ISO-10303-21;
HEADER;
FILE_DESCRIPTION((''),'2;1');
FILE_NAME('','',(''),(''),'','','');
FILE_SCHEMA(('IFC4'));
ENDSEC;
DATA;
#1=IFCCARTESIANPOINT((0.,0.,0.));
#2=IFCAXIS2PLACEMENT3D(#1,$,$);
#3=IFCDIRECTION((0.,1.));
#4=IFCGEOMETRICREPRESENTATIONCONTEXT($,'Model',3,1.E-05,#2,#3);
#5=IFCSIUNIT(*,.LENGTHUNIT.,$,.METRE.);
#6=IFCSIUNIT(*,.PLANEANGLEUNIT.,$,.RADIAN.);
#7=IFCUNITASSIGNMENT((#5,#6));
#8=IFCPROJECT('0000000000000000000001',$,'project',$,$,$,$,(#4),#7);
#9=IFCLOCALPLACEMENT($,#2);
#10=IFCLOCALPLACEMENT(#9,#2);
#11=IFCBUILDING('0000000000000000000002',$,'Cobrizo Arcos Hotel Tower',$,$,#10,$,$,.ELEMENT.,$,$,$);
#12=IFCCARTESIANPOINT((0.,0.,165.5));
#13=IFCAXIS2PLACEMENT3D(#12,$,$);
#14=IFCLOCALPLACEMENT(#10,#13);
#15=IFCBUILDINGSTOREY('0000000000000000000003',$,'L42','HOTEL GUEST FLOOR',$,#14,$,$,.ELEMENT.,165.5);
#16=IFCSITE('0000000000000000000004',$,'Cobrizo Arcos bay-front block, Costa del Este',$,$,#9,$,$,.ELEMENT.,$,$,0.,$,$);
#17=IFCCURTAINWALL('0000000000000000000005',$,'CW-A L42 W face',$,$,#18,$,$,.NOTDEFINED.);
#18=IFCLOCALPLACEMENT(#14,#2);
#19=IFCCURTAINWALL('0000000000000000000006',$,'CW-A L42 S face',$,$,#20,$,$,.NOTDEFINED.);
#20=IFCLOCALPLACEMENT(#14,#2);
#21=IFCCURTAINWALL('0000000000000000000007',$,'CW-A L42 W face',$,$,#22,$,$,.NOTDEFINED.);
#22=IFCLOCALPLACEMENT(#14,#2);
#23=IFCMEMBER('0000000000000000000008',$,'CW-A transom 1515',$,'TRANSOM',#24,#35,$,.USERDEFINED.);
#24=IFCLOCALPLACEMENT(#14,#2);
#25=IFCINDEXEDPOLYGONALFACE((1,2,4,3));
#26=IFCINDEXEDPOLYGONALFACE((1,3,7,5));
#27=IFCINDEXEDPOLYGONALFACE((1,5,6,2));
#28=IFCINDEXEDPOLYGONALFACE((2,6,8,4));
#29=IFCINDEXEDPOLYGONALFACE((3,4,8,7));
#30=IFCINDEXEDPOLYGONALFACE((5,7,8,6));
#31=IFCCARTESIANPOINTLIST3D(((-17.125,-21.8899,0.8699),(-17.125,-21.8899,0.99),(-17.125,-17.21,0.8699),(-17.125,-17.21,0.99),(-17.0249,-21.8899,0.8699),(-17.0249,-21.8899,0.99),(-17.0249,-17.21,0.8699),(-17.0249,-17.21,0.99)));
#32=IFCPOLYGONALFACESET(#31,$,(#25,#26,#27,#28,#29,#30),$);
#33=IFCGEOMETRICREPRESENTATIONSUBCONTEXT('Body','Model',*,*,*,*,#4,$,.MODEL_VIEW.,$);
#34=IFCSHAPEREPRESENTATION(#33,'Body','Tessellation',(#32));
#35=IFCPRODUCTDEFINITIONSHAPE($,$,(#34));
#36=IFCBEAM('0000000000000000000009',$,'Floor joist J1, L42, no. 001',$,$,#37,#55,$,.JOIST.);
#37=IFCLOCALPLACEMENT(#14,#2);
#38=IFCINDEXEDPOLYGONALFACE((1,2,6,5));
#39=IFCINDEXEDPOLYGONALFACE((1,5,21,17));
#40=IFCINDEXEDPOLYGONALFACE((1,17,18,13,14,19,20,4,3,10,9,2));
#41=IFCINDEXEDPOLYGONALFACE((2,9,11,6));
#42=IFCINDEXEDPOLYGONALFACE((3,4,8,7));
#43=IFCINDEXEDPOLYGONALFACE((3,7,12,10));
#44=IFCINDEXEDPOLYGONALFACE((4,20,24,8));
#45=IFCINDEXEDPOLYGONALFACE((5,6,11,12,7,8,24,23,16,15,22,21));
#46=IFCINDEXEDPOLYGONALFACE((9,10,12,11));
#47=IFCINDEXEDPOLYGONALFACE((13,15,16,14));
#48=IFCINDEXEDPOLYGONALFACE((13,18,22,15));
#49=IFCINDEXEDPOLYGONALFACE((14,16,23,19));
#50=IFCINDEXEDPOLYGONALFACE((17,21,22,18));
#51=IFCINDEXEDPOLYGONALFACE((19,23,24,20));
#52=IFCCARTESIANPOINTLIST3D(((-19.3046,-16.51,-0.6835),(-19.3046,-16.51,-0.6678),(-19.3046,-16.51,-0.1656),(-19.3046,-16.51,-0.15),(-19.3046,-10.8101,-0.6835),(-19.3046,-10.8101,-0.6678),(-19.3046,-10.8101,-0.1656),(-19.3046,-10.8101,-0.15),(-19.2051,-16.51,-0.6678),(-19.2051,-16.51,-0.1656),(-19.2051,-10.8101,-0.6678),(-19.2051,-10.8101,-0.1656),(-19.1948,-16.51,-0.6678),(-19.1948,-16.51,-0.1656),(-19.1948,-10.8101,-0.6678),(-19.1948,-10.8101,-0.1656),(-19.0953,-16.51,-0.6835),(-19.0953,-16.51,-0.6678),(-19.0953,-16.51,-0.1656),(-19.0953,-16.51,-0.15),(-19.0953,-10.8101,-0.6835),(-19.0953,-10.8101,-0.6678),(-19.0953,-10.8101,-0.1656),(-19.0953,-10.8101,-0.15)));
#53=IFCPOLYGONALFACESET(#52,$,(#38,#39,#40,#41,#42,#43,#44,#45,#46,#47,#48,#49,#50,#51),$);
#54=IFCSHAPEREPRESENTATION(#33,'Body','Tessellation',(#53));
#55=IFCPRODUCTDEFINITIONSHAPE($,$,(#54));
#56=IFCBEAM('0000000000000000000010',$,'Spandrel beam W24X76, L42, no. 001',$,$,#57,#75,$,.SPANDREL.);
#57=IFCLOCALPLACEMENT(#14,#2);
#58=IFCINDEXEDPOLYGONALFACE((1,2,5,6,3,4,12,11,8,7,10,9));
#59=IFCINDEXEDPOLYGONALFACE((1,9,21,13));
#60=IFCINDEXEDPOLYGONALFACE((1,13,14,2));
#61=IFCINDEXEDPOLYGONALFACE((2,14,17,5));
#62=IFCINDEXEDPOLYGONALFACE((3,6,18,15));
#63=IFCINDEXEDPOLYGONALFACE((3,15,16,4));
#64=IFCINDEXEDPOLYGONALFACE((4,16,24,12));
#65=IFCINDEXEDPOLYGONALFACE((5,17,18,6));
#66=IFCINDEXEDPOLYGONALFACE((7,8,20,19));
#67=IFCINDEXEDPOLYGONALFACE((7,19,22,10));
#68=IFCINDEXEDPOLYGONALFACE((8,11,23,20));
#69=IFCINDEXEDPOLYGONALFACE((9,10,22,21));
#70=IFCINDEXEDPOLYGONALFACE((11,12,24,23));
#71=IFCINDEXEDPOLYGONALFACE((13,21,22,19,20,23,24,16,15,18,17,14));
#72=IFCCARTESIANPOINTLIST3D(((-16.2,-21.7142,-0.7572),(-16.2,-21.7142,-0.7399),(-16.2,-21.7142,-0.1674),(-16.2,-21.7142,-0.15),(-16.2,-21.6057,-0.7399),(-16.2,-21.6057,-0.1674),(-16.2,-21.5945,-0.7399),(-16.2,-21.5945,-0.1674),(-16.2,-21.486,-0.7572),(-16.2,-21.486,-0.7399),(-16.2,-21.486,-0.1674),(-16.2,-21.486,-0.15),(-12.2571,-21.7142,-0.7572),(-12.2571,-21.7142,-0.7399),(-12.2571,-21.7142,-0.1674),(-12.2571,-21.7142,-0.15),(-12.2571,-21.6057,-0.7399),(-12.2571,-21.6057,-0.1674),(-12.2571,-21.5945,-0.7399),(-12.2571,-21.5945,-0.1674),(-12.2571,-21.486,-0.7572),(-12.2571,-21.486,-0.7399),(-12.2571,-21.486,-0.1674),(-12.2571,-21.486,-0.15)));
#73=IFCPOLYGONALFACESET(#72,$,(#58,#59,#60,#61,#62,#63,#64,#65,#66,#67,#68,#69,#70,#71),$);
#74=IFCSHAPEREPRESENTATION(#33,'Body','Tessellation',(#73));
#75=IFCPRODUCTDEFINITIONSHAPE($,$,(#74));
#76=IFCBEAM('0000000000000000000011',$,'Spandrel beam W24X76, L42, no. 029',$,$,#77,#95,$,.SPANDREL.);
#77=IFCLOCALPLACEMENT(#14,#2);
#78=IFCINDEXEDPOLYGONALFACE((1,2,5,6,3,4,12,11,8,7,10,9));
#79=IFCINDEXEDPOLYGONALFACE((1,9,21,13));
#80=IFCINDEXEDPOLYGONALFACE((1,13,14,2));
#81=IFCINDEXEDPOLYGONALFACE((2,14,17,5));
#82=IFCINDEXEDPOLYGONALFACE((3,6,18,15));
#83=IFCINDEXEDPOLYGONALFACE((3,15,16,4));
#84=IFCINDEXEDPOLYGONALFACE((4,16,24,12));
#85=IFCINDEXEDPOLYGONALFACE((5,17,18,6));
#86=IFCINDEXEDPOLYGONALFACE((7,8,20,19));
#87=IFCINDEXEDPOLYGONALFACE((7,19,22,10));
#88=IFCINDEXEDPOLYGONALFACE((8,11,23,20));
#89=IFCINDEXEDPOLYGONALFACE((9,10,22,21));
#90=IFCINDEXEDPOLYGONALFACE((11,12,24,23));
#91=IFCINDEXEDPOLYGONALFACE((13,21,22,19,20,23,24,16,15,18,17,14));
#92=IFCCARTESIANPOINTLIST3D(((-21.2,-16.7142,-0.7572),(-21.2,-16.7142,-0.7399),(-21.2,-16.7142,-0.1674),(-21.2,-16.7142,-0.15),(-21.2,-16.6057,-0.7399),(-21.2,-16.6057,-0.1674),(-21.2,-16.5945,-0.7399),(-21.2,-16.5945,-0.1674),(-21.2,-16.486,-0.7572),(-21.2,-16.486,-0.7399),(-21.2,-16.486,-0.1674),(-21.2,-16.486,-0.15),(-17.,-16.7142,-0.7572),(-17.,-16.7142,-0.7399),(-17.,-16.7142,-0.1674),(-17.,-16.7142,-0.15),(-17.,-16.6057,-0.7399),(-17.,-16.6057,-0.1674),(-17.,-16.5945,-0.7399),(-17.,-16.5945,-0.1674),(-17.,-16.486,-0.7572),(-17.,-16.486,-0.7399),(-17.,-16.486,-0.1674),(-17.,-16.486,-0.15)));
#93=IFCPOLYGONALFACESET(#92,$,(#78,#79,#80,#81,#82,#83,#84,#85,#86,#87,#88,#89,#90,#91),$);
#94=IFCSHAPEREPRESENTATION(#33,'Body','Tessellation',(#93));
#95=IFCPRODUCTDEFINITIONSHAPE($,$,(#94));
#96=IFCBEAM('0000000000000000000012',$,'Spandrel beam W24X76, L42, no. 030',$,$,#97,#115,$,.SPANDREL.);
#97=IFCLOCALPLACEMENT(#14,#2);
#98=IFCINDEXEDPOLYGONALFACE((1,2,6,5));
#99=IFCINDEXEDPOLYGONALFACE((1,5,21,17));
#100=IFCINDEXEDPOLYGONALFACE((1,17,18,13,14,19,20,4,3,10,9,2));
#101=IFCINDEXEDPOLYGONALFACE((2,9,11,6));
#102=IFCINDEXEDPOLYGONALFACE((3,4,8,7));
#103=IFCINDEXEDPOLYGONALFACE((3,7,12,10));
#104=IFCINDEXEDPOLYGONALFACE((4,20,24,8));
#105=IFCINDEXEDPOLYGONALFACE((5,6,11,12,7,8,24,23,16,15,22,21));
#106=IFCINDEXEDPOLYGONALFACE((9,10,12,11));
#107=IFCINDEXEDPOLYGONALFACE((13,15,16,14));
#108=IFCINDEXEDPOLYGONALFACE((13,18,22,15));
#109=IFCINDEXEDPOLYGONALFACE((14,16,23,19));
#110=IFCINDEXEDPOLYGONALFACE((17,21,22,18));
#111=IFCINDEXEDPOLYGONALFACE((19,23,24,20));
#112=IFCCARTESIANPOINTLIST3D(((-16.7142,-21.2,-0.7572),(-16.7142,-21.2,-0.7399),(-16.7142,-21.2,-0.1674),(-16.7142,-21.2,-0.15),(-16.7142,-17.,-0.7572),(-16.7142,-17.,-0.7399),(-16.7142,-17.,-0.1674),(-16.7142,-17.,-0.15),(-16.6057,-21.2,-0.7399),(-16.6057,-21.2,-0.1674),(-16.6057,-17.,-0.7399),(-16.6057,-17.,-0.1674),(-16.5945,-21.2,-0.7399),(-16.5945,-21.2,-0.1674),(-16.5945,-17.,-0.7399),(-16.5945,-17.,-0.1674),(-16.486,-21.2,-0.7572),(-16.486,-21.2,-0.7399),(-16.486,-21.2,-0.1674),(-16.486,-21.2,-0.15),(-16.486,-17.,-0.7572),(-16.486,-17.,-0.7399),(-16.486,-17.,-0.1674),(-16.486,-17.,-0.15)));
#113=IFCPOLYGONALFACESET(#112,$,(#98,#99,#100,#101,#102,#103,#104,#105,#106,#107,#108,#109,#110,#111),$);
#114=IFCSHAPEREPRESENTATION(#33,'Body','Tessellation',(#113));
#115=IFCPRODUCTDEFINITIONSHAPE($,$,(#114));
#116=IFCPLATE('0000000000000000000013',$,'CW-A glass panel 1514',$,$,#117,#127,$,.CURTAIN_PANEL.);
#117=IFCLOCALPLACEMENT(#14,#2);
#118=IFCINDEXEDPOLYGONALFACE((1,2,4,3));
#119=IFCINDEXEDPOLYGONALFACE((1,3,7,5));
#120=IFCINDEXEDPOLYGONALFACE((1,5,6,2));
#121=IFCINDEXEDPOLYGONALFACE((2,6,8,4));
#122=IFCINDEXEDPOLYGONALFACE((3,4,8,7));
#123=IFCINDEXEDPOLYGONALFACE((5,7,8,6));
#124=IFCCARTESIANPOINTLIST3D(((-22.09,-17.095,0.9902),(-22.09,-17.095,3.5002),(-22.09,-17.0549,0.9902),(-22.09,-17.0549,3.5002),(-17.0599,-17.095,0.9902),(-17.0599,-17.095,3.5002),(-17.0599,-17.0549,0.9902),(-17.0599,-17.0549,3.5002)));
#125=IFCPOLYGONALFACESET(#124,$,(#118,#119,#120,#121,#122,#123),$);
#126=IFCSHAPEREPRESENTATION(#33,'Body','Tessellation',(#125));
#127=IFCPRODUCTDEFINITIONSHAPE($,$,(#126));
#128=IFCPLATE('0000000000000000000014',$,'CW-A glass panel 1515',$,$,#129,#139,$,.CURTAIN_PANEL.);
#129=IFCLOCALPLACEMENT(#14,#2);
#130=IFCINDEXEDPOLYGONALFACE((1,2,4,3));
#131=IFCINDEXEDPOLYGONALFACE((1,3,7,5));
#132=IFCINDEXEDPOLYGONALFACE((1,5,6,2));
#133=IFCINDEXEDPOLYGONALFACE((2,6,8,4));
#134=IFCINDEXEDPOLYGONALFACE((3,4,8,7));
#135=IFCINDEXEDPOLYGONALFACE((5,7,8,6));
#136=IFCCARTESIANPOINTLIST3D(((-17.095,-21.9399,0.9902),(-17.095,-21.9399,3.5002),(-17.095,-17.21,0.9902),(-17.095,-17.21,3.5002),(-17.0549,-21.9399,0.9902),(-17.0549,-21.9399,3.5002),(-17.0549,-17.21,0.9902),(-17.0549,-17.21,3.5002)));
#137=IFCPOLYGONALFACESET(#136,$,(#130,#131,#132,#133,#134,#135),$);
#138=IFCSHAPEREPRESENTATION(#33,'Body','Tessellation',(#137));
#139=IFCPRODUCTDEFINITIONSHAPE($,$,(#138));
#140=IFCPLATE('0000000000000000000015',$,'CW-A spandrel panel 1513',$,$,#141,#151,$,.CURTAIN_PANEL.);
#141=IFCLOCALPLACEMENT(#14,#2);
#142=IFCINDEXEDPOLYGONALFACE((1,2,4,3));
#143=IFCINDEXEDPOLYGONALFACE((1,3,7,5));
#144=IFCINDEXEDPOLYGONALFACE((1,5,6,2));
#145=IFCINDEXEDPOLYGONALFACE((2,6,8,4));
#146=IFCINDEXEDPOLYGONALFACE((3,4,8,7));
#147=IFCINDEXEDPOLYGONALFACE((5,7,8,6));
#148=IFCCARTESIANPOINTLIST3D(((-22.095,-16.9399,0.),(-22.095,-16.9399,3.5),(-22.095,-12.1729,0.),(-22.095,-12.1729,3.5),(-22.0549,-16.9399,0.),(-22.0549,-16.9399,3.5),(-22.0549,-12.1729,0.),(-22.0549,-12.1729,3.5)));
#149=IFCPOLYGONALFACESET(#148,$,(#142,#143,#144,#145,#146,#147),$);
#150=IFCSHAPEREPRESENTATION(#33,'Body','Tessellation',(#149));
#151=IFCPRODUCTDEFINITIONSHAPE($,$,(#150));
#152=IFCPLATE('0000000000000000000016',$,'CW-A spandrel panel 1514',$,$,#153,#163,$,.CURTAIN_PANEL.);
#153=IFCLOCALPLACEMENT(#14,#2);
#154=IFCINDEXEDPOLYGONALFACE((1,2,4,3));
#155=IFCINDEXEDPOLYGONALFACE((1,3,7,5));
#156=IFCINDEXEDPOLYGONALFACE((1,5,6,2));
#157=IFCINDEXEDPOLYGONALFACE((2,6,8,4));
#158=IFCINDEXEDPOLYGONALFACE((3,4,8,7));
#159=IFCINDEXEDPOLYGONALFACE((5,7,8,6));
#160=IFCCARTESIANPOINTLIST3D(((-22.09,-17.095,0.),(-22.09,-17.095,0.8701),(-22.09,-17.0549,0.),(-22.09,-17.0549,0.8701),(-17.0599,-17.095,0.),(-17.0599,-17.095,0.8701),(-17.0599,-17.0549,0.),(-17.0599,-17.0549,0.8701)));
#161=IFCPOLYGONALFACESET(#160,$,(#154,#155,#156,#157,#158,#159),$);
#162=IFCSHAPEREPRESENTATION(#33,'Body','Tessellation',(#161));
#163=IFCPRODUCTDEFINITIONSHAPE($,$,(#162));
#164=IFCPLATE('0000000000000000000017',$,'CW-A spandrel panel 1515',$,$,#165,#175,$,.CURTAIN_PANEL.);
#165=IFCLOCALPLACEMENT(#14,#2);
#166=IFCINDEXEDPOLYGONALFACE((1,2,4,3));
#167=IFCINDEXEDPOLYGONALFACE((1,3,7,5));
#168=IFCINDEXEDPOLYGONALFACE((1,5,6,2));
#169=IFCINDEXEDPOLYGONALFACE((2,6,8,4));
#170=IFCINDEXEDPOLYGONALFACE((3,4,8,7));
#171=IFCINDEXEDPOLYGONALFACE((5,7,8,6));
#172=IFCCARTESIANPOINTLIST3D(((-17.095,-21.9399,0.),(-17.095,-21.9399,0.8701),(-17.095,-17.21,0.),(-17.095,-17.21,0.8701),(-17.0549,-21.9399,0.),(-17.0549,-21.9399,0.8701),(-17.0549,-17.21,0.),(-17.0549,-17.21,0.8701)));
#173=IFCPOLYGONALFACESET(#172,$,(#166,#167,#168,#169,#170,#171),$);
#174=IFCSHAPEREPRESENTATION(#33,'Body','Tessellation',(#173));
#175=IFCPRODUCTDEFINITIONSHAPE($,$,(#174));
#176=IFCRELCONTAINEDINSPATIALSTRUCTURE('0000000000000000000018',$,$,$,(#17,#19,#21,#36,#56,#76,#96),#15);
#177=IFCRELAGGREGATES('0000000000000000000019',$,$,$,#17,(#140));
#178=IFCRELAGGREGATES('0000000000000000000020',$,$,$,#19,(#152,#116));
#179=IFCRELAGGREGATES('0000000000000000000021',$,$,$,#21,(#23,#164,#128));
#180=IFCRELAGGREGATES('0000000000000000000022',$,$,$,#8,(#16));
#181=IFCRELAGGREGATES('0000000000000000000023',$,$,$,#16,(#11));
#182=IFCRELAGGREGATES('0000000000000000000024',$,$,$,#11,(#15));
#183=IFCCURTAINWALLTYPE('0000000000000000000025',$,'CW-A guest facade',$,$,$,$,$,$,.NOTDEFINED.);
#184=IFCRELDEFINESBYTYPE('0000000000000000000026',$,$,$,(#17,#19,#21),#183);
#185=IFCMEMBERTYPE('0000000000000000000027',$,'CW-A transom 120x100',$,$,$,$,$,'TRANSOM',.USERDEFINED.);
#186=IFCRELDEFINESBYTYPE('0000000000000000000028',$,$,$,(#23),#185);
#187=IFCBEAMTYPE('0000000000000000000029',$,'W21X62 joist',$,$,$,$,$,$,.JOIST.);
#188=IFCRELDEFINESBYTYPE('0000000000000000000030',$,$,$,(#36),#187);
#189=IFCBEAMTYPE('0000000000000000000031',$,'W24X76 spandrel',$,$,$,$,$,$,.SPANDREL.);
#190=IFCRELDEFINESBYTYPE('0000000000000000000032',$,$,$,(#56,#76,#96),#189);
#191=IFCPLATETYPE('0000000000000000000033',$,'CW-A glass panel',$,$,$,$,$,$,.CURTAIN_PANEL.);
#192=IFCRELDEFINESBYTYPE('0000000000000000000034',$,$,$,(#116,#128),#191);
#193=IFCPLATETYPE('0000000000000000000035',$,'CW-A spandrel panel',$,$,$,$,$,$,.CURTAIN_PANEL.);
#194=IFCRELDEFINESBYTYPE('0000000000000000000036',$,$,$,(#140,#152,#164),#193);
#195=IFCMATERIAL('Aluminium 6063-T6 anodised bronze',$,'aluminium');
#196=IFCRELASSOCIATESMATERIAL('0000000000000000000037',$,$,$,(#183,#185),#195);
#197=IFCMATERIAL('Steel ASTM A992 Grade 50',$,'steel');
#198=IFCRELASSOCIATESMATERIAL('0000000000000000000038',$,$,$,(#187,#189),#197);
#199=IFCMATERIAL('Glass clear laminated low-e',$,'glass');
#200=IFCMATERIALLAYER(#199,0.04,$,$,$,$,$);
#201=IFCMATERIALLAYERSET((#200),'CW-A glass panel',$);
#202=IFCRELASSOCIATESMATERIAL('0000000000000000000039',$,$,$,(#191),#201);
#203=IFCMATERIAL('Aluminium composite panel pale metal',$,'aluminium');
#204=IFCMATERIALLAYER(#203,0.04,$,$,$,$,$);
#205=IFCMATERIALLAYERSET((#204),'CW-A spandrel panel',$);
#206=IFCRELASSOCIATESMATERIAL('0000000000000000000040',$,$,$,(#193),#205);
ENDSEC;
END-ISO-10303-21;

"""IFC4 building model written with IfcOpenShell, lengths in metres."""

from ifc_helpers import new_model, si_unit, direction, frame, origin, origin_2d, place, context, subcontext, project, spatial, rectangle, i_section, extrude, material, layer, layer_set, material_profile, profile_set, type_object, element, aggregate, save


model = new_model("IFC4")

# Units and contexts
model_context = context("Model", 3, precision=1e-05, world=origin(), true_north=direction((0.0, 1.0)))
body_context = subcontext(model_context, "Body", "Model", "MODEL_VIEW")
ifc_project = project(units=[si_unit("LENGTHUNIT", "METRE"), si_unit("PLANEANGLEUNIT", "RADIAN")], contexts=[model_context])

# Site, building, storey
site_placement = place(None, origin())
site = spatial("IfcSite", under=ifc_project, at=site_placement, Name="Cobrizo Arcos bay-front block, Costa del Este", CompositionType="ELEMENT", RefElevation=0.0)
building_placement = place(site_placement, origin())
building = spatial("IfcBuilding", under=site, at=building_placement, Name="Cobrizo Arcos Hotel Tower", CompositionType="ELEMENT")
storey_placement = place(building_placement, frame((0.0, 0.0, 165.5)))
storey = spatial("IfcBuildingStorey", under=building, at=storey_placement, Name="L42", Description="HOTEL GUEST FLOOR", CompositionType="ELEMENT", Elevation=165.5)

# Curtain wall
ifc_material_1 = material(Name="Aluminium 6063-T6 anodised bronze", Category="aluminium")
curtain_wall_type = type_object("IfcCurtainWallType", Name="CW-A guest facade", PredefinedType="NOTDEFINED", material=ifc_material_1)
curtain_wall_1_placement = place(storey_placement, origin())
curtain_wall_1 = element("IfcCurtainWall", 1, at=curtain_wall_1_placement, inside=storey, type_object=curtain_wall_type, Name="CW-A L42 W face", PredefinedType="NOTDEFINED")

# Curtain walls
curtain_wall_2_placement = place(storey_placement, origin())
curtain_wall_2 = element("IfcCurtainWall", 2, at=curtain_wall_2_placement, inside=storey, type_object=curtain_wall_type, Name="CW-A L42 S face", PredefinedType="NOTDEFINED")
curtain_wall_3_placement = place(storey_placement, origin())
curtain_wall_3 = element("IfcCurtainWall", 3, at=curtain_wall_3_placement, inside=storey, type_object=curtain_wall_type, Name="CW-A L42 W face", PredefinedType="NOTDEFINED")

# Member
ifc_material_profile_1 = material_profile(ifc_material_1, rectangle(XDim=0.1001, YDim=0.1201, at=origin_2d()), Name="CW-A transom 120x100")
ifc_profile_set_1 = profile_set([ifc_material_profile_1], Name="Aluminium 6063-T6 anodised bronze")
member_type_1 = type_object("IfcMemberType", Name="CW-A transom 120x100", ElementType="TRANSOM", PredefinedType="USERDEFINED", material=ifc_profile_set_1)
member_1_placement = place(storey_placement, frame((-17.075, -17.21, 0.9299), z_axis=(0.0, -1.0, 0.0), x_axis=(1.0, 0.0, 0.0)))
member_1 = element("IfcMember", 4, at=member_1_placement, type_object=member_type_1, Name="CW-A transom 1515", ObjectType="TRANSOM", PredefinedType="USERDEFINED", context=body_context, shape_type="SweptSolid", body=[
    extrude(rectangle(XDim=0.1001, YDim=0.1201, at=origin_2d()), origin(), (0.0, 0.0, 1.0), 4.6799),
])

# Beams
ifc_material_2 = material(Name="Steel ASTM A992 Grade 50", Category="steel")
ifc_material_profile_2 = material_profile(ifc_material_2, i_section(OverallWidth=0.2092, OverallDepth=0.5334, WebThickness=0.0103, FlangeThickness=0.0156, at=origin_2d()), Name="W21X62")
ifc_profile_set_2 = profile_set([ifc_material_profile_2], Name="Steel ASTM A992 Grade 50")
beam_type_1 = type_object("IfcBeamType", Name="W21X62 joist", PredefinedType="JOIST", material=ifc_profile_set_2)
beam_1_placement = place(storey_placement, frame((-19.2, -16.51, -0.4167), z_axis=(0.0, 1.0, 0.0), x_axis=(-1.0, 0.0, 0.0)))
element("IfcBeam", 5, at=beam_1_placement, inside=storey, type_object=beam_type_1, Name="Floor joist J1, L42, no. 001", PredefinedType="JOIST", context=body_context, shape_type="SweptSolid", body=[
    extrude(i_section(OverallWidth=0.2092, OverallDepth=0.5334, WebThickness=0.0103, FlangeThickness=0.0156, at=origin_2d()), origin(), (0.0, 0.0, 1.0), 5.7),
])
ifc_material_profile_3 = material_profile(ifc_material_2, i_section(OverallWidth=0.2283, OverallDepth=0.6072, WebThickness=0.0112, FlangeThickness=0.0173, at=origin_2d()), Name="W24X76")
ifc_profile_set_3 = profile_set([ifc_material_profile_3], Name="Steel ASTM A992 Grade 50")
beam_type_2 = type_object("IfcBeamType", Name="W24X76 spandrel", PredefinedType="SPANDREL", material=ifc_profile_set_3)
beam_2_placement = place(storey_placement, frame((-16.2, -21.6001, -0.4536), z_axis=(1.0, 0.0, 0.0), x_axis=(0.0, 1.0, 0.0)))
element("IfcBeam", 6, at=beam_2_placement, inside=storey, type_object=beam_type_2, Name="Spandrel beam W24X76, L42, no. 001", PredefinedType="SPANDREL", context=body_context, shape_type="SweptSolid", body=[
    extrude(i_section(OverallWidth=0.2283, OverallDepth=0.6072, WebThickness=0.0112, FlangeThickness=0.0173, at=origin_2d()), origin(), (0.0, 0.0, 1.0), 3.9429),
])
for number, where, z_axis, x_axis, name in (
    (7, (-21.2, -16.6001, -0.4536), (1.0, 0.0, 0.0), (0.0, 1.0, 0.0), "Spandrel beam W24X76, L42, no. 029"),
    (8, (-16.6001, -17.0, -0.4536), (0.0, -1.0, 0.0), (1.0, 0.0, 0.0), "Spandrel beam W24X76, L42, no. 030"),
):
    element("IfcBeam", number, at=place(storey_placement, frame(where, z_axis=z_axis, x_axis=x_axis)), inside=storey, type_object=beam_type_2, Name=name, PredefinedType="SPANDREL", context=body_context, shape_type="SweptSolid", body=[
        extrude(i_section(OverallWidth=0.2283, OverallDepth=0.6072, WebThickness=0.0112, FlangeThickness=0.0173, at=origin_2d()), origin(), (0.0, 0.0, 1.0), 4.2),
    ])

# Plates
ifc_material_3 = material(Name="Glass clear laminated low-e", Category="glass")
ifc_layer_1 = layer(ifc_material_3, 0.04)
ifc_layer_set_1 = layer_set([ifc_layer_1], Name="CW-A glass panel")
plate_type_1 = type_object("IfcPlateType", Name="CW-A glass panel", PredefinedType="CURTAIN_PANEL", material=ifc_layer_set_1)
plate_1_placement = place(storey_placement, frame((-19.575, -17.075, 0.9902), z_axis=(0.0, 0.0, 1.0), x_axis=(1.0, 0.0, 0.0)))
plate_1 = element("IfcPlate", 9, at=plate_1_placement, type_object=plate_type_1, Name="CW-A glass panel 1514", PredefinedType="CURTAIN_PANEL", context=body_context, shape_type="SweptSolid", body=[
    extrude(rectangle(XDim=5.03, YDim=0.04, at=origin_2d()), origin(), (0.0, 0.0, 1.0), 2.51),
])
plate_2_placement = place(storey_placement, frame((-17.075, -19.575, 0.9902), z_axis=(0.0, 0.0, 1.0), x_axis=(0.0, -1.0, 0.0)))
plate_2 = element("IfcPlate", 10, at=plate_2_placement, type_object=plate_type_1, Name="CW-A glass panel 1515", PredefinedType="CURTAIN_PANEL", context=body_context, shape_type="SweptSolid", body=[
    extrude(rectangle(XDim=4.73, YDim=0.04, at=origin_2d()), origin(), (0.0, 0.0, 1.0), 2.51),
])
ifc_material_4 = material(Name="Aluminium composite panel pale metal", Category="aluminium")
ifc_layer_2 = layer(ifc_material_4, 0.04)
ifc_layer_set_2 = layer_set([ifc_layer_2], Name="CW-A spandrel panel")
plate_type_2 = type_object("IfcPlateType", Name="CW-A spandrel panel", PredefinedType="CURTAIN_PANEL", material=ifc_layer_set_2)
plate_3_placement = place(storey_placement, frame((-22.075, -14.5564, 0.0), z_axis=(0.0, 0.0, 1.0), x_axis=(0.0, -1.0, 0.0)))
plate_3 = element("IfcPlate", 11, at=plate_3_placement, type_object=plate_type_2, Name="CW-A spandrel panel 1513", PredefinedType="CURTAIN_PANEL", context=body_context, shape_type="SweptSolid", body=[
    extrude(rectangle(XDim=4.7671, YDim=0.04, at=origin_2d()), origin(), (0.0, 0.0, 1.0), 3.5),
])
aggregate(curtain_wall_1, [plate_3])
plate_4_placement = place(storey_placement, frame((-19.575, -17.075, 0.0), z_axis=(0.0, 0.0, 1.0), x_axis=(1.0, 0.0, 0.0)))
plate_4 = element("IfcPlate", 12, at=plate_4_placement, type_object=plate_type_2, Name="CW-A spandrel panel 1514", PredefinedType="CURTAIN_PANEL", context=body_context, shape_type="SweptSolid", body=[
    extrude(rectangle(XDim=5.03, YDim=0.04, at=origin_2d()), origin(), (0.0, 0.0, 1.0), 0.8701),
])
aggregate(curtain_wall_2, [plate_4, plate_1])
plate_5_placement = place(storey_placement, frame((-17.075, -19.575, 0.0), z_axis=(0.0, 0.0, 1.0), x_axis=(0.0, -1.0, 0.0)))
plate_5 = element("IfcPlate", 13, at=plate_5_placement, type_object=plate_type_2, Name="CW-A spandrel panel 1515", PredefinedType="CURTAIN_PANEL", context=body_context, shape_type="SweptSolid", body=[
    extrude(rectangle(XDim=4.73, YDim=0.04, at=origin_2d()), origin(), (0.0, 0.0, 1.0), 0.8701),
])
aggregate(curtain_wall_3, [member_1, plate_5, plate_2])

save(model, "model.ifc")
